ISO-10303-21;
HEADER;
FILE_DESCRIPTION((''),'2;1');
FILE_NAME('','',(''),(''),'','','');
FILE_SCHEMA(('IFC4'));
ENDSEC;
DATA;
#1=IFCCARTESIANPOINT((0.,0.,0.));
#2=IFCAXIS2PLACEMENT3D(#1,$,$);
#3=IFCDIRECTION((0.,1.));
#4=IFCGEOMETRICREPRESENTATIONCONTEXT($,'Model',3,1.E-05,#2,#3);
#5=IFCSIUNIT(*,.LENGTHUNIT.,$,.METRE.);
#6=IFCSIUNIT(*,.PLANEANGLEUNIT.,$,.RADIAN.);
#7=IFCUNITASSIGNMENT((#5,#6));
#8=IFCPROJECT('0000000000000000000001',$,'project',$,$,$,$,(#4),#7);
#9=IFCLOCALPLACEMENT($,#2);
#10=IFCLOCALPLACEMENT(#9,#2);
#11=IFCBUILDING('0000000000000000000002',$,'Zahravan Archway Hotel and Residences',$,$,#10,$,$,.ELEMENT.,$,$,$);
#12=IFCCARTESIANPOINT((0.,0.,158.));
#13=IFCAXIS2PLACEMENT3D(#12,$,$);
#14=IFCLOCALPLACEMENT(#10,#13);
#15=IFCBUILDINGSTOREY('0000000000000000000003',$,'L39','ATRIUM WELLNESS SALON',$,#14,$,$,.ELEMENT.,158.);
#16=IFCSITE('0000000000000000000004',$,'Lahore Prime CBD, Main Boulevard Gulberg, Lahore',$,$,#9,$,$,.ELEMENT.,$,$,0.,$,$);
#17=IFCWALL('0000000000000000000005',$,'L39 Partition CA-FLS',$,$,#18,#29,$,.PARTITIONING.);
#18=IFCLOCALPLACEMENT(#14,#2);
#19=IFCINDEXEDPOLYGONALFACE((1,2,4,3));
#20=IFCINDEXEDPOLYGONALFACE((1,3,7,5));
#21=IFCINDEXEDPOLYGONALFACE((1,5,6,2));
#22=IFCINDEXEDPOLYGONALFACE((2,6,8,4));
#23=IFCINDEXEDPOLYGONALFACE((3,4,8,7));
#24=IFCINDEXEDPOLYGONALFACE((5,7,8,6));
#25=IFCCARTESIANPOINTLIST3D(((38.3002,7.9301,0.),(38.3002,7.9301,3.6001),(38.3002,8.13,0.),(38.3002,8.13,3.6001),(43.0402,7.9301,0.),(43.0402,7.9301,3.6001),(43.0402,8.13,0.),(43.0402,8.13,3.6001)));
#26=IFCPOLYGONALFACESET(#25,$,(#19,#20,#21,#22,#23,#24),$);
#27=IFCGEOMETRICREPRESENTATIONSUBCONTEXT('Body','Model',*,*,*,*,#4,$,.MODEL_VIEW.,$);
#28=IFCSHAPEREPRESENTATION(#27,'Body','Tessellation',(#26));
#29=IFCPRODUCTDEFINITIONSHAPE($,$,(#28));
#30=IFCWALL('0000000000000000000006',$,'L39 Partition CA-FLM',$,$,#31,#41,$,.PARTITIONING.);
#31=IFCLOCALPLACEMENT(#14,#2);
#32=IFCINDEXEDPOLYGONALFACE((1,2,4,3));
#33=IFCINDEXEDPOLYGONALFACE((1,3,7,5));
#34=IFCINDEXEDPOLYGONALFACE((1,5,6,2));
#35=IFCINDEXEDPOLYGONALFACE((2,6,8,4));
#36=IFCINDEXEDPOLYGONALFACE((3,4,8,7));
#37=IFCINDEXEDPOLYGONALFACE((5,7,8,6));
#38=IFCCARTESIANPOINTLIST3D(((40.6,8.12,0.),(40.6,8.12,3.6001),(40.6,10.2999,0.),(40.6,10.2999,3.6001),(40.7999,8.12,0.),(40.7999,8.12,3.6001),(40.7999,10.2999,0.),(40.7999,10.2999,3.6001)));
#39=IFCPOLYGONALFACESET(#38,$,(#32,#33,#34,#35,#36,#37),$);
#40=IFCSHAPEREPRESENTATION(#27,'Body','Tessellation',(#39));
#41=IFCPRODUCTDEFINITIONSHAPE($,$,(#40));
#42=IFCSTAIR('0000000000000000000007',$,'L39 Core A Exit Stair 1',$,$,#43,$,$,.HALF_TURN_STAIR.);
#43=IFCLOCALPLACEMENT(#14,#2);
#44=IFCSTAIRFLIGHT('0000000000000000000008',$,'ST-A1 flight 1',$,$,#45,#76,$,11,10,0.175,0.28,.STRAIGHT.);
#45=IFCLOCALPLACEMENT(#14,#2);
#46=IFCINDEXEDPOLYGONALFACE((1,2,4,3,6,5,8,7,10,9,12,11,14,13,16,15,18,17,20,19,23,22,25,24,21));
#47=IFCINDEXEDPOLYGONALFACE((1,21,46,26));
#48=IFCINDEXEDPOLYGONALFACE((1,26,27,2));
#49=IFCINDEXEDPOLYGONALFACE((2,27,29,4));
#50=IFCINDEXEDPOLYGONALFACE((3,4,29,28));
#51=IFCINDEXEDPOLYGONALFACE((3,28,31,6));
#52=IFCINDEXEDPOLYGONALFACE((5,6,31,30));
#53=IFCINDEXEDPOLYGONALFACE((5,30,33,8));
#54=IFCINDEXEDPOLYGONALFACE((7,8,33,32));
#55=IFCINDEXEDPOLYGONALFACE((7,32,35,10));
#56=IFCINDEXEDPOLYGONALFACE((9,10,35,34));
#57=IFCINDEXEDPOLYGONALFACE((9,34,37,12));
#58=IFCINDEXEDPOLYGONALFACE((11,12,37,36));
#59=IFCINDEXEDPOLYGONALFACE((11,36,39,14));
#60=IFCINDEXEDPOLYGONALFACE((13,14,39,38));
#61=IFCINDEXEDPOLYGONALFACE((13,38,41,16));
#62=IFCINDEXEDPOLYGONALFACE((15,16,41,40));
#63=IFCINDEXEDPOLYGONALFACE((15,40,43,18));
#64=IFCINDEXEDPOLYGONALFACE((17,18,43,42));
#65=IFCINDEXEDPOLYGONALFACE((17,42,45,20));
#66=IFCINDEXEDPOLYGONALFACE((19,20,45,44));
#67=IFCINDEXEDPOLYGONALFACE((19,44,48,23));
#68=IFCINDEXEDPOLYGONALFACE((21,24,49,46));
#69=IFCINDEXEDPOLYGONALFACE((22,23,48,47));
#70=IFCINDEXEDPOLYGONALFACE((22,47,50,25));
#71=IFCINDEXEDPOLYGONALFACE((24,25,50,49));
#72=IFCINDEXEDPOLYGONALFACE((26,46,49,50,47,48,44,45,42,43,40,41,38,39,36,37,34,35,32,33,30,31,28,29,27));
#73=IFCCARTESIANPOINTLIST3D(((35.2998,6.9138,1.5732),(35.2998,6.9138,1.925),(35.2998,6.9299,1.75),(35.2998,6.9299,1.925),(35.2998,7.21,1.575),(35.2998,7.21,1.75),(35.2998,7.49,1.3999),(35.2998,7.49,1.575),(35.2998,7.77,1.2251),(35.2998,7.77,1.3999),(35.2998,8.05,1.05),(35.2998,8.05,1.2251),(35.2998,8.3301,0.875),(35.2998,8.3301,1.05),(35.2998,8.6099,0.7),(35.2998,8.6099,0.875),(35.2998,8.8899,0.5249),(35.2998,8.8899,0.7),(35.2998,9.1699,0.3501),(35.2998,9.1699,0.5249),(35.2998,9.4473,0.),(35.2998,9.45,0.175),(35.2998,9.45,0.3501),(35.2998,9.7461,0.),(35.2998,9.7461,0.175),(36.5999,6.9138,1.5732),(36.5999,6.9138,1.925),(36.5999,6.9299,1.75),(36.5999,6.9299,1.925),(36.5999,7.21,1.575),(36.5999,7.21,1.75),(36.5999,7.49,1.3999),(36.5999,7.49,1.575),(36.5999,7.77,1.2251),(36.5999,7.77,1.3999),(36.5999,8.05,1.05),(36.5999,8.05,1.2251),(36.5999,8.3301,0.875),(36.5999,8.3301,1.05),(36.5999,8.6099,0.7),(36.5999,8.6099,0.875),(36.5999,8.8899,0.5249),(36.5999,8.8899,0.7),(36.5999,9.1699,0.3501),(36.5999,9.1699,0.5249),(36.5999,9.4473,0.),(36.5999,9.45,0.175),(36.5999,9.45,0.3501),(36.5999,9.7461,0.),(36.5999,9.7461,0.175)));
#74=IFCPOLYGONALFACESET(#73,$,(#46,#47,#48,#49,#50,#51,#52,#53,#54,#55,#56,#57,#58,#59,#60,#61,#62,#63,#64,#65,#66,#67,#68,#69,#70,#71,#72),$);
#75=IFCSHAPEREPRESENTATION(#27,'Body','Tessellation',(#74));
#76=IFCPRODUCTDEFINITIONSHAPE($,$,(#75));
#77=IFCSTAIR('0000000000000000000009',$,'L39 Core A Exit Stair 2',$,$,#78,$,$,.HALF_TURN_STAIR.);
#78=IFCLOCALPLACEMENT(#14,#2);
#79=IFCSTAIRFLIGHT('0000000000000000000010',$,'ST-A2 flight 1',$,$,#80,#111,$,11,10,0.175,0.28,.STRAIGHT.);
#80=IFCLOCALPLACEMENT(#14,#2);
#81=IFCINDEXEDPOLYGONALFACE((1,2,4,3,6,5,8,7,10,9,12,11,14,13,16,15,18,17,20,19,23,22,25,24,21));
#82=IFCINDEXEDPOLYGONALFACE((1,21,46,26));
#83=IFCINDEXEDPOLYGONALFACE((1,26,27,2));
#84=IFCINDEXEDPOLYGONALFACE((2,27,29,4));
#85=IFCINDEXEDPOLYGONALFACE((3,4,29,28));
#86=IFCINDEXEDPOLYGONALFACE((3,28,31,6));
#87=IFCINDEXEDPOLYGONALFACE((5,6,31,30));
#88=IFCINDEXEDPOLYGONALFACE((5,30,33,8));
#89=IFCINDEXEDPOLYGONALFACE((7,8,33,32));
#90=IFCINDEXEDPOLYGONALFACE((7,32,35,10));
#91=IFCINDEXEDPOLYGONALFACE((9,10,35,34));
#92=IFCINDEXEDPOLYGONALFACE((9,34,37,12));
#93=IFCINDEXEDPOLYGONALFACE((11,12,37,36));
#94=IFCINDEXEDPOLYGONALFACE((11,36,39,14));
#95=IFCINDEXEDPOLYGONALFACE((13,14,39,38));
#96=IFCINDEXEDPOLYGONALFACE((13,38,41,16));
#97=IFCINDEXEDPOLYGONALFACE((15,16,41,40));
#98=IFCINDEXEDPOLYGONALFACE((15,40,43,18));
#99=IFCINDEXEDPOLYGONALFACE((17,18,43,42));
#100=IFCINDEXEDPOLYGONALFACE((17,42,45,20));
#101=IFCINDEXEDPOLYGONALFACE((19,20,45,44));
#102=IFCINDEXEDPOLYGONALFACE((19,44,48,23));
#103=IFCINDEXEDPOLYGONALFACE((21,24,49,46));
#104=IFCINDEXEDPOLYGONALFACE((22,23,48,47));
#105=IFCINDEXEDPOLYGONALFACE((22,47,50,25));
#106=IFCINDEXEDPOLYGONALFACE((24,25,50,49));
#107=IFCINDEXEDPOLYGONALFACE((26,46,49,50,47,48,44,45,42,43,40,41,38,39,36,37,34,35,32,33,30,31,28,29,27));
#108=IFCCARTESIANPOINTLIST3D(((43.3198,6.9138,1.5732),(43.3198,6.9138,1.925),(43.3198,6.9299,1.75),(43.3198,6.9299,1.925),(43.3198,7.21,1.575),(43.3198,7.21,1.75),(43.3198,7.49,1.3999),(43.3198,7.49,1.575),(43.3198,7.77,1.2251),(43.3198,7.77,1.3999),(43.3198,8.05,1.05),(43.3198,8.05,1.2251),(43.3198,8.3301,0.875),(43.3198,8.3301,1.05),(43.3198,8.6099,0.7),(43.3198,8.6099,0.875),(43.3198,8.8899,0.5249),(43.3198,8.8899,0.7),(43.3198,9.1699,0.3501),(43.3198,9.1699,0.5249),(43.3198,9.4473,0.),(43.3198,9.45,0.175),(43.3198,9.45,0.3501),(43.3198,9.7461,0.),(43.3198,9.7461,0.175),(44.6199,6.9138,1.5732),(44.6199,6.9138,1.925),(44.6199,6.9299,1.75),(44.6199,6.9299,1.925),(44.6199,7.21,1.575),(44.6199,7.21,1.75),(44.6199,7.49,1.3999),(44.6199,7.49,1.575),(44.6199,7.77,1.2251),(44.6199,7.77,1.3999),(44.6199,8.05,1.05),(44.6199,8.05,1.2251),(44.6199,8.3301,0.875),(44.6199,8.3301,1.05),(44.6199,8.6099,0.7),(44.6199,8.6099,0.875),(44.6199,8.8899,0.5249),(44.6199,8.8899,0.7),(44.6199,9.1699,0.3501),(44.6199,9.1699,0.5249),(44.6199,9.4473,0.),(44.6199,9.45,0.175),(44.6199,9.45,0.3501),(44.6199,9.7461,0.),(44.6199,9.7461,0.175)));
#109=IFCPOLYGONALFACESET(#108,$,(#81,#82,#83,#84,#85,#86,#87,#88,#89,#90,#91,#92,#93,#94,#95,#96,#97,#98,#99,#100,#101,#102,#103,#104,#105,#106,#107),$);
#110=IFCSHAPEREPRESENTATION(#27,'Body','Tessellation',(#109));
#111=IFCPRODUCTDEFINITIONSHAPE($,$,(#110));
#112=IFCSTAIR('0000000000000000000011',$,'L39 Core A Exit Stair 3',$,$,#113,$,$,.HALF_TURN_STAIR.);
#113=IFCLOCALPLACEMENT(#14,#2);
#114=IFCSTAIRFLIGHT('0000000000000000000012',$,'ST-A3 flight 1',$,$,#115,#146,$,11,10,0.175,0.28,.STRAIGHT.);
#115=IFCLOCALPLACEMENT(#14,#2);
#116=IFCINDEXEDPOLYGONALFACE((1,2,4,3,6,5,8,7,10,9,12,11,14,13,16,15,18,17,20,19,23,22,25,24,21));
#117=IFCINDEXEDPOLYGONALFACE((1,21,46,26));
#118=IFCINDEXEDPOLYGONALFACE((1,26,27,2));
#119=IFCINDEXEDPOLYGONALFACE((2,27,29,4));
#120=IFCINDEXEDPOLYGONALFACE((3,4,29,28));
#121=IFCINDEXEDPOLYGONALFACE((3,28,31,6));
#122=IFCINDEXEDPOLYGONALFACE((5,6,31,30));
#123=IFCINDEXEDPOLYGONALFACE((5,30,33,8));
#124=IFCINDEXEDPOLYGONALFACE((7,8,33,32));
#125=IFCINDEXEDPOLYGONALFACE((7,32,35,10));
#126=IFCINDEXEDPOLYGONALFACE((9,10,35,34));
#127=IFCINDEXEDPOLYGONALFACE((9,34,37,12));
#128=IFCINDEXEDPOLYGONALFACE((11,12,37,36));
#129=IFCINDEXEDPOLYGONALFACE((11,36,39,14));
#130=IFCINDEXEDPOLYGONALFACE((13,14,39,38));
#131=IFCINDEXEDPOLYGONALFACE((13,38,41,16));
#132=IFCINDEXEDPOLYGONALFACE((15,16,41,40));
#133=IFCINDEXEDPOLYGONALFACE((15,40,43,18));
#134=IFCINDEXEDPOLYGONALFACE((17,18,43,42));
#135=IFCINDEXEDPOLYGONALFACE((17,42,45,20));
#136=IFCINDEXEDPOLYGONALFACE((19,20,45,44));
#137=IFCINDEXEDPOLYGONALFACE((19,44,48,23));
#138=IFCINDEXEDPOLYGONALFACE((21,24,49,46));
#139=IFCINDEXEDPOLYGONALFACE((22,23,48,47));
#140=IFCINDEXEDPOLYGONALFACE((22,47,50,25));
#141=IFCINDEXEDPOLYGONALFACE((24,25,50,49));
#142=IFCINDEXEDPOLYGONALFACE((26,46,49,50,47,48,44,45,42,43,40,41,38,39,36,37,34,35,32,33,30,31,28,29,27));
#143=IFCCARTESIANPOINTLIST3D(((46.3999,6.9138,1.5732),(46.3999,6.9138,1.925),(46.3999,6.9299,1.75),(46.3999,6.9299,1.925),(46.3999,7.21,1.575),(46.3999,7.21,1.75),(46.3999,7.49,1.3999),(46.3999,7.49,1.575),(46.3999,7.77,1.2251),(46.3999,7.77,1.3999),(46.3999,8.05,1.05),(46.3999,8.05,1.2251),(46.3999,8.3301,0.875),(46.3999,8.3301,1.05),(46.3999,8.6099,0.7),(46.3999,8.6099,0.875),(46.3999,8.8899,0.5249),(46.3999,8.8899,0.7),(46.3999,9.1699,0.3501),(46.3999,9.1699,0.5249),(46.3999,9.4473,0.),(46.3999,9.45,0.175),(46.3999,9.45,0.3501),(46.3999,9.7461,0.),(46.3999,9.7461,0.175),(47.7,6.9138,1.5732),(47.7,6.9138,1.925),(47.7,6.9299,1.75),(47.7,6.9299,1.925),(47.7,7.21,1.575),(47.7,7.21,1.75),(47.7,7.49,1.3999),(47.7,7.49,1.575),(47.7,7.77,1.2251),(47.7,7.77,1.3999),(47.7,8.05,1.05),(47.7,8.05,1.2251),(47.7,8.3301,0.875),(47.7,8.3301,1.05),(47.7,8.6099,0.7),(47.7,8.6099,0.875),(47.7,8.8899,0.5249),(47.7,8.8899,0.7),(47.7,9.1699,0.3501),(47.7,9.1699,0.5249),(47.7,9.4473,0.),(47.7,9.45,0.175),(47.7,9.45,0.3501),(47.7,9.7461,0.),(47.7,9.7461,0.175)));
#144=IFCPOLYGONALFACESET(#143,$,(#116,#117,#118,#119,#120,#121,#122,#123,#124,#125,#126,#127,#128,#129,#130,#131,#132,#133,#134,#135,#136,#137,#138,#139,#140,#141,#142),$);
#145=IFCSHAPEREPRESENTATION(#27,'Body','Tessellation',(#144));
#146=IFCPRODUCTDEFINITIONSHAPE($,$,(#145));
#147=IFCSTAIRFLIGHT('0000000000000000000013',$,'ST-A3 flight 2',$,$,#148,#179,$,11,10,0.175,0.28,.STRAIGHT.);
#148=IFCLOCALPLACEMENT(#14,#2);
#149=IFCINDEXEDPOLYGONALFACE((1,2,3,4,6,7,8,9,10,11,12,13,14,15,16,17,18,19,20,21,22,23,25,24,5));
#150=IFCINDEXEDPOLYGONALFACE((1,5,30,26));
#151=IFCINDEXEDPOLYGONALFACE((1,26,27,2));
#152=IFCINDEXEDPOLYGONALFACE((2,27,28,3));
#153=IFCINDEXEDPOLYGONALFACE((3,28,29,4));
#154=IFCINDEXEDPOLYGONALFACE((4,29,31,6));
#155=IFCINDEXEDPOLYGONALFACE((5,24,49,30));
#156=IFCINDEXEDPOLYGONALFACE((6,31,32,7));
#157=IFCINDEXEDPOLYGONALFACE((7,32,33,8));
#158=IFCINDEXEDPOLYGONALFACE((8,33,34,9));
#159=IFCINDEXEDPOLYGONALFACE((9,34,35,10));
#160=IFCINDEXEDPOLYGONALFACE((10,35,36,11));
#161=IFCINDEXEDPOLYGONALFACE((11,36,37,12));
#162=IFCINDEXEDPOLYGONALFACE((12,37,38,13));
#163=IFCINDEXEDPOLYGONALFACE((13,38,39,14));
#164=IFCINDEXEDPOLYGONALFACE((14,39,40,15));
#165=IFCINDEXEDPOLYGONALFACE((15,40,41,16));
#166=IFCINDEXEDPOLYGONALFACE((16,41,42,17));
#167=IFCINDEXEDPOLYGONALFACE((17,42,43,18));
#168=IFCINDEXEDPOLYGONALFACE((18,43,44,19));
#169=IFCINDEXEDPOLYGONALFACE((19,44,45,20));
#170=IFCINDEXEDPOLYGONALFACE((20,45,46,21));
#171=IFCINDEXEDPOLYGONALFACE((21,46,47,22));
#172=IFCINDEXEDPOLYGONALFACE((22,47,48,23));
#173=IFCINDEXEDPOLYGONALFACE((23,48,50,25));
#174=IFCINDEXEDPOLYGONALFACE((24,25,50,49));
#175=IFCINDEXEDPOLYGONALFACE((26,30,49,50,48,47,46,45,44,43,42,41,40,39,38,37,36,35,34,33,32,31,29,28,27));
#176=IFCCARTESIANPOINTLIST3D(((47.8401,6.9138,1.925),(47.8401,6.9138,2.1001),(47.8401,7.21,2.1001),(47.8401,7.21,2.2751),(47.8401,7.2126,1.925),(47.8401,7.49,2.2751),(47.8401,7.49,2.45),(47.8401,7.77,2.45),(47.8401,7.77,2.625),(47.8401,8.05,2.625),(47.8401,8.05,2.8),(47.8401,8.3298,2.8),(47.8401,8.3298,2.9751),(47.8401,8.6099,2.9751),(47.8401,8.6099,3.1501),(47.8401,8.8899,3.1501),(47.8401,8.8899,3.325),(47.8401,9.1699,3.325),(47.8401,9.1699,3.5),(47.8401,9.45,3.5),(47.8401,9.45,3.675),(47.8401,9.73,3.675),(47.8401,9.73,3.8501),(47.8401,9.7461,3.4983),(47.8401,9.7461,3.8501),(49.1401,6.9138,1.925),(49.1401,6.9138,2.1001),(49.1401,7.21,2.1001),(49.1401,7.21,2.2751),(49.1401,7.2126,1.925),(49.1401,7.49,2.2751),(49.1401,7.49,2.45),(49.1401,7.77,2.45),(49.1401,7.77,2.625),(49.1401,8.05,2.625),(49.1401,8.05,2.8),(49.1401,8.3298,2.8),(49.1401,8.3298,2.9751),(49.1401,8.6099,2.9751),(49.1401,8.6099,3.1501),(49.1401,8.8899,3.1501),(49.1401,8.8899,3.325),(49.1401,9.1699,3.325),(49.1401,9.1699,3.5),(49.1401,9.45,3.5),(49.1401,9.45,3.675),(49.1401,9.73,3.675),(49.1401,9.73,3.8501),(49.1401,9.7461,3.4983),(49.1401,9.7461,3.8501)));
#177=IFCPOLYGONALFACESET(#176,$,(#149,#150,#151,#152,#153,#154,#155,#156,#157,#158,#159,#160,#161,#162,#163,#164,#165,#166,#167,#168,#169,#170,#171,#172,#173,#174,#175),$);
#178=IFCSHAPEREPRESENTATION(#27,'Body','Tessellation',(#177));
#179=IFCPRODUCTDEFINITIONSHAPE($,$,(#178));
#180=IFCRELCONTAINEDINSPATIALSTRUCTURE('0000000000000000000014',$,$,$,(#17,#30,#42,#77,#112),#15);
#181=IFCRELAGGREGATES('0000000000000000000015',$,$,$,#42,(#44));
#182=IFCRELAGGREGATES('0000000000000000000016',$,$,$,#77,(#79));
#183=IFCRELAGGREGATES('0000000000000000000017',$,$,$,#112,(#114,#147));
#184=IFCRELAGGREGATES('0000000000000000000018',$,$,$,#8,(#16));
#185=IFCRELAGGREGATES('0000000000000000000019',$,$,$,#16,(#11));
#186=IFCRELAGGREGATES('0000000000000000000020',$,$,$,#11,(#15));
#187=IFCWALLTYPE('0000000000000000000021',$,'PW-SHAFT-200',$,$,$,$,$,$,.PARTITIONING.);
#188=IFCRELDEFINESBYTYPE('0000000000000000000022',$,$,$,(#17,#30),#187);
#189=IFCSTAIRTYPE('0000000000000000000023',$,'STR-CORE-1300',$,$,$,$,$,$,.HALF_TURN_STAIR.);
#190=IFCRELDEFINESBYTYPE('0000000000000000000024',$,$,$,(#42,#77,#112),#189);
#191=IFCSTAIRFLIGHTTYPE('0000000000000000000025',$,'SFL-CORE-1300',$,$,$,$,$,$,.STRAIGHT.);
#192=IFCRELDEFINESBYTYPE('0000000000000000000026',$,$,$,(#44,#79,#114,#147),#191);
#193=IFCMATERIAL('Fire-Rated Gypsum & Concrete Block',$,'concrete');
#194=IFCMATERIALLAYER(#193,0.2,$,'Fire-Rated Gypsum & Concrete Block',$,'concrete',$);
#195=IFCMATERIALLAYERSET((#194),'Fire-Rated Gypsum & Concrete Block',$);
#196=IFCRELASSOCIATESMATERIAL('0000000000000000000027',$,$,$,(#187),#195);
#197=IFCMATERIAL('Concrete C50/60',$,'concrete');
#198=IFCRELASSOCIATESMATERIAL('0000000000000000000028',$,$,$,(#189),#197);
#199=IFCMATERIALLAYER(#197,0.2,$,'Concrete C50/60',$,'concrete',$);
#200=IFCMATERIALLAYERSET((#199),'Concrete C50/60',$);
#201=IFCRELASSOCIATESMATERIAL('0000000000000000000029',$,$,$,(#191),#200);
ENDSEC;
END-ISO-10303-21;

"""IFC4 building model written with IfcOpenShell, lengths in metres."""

from ifc_helpers import new_model, si_unit, direction, frame, frame_2d, origin, place, context, subcontext, project, spatial, polyline, rectangle, outline, extrude, source, transform, mapped, material, layer, layer_set, type_object, element, aggregate, save


model = new_model("IFC4")

# Units and contexts
model_context = context("Model", 3, precision=1e-05, world=origin(), true_north=direction((0.0, 1.0)))
body_context = subcontext(model_context, "Body", "Model", "MODEL_VIEW")
ifc_project = project(units=[si_unit("LENGTHUNIT", "METRE"), si_unit("PLANEANGLEUNIT", "RADIAN")], contexts=[model_context])

# Site, building, storey
site_placement = place(None, origin())
site = spatial("IfcSite", under=ifc_project, at=site_placement, Name="Lahore Prime CBD, Main Boulevard Gulberg, Lahore", CompositionType="ELEMENT", RefElevation=0.0)
building_placement = place(site_placement, origin())
building = spatial("IfcBuilding", under=site, at=building_placement, Name="Zahravan Archway Hotel and Residences", CompositionType="ELEMENT")
storey_placement = place(building_placement, frame((0.0, 0.0, 158.0)))
storey = spatial("IfcBuildingStorey", under=building, at=storey_placement, Name="L39", Description="ATRIUM WELLNESS SALON", CompositionType="ELEMENT", Elevation=158.0)

# Walls
ifc_material_1 = material(Name="Fire-Rated Gypsum & Concrete Block", Category="concrete")
ifc_layer_1 = layer(ifc_material_1, 0.2, Name="Fire-Rated Gypsum & Concrete Block", Category="concrete")
ifc_layer_set_1 = layer_set([ifc_layer_1], Name="Fire-Rated Gypsum & Concrete Block")
wall_type = type_object("IfcWallType", Name="PW-SHAFT-200", PredefinedType="PARTITIONING", material=ifc_layer_set_1)
wall_1_placement = place(storey_placement, frame((38.3, 8.03, 0.0), z_axis=(0.0, 0.0, 1.0), x_axis=(1.0, 0.0, 0.0)))
element("IfcWall", 1, at=wall_1_placement, inside=storey, type_object=wall_type, Name="L39 Partition CA-FLS", PredefinedType="PARTITIONING", context=body_context, shape_type="SweptSolid", body=[
    extrude(rectangle(XDim=4.74, YDim=0.2, at=frame_2d((2.3701, 0.0))), origin(), (0.0, 0.0, 1.0), 3.6001),
])
wall_2_placement = place(storey_placement, frame((40.7, 8.1201, 0.0), z_axis=(0.0, 0.0, 1.0), x_axis=(0.0, 1.0, 0.0)))
element("IfcWall", 2, at=wall_2_placement, inside=storey, type_object=wall_type, Name="L39 Partition CA-FLM", PredefinedType="PARTITIONING", context=body_context, shape_type="SweptSolid", body=[
    extrude(rectangle(XDim=2.1799, YDim=0.2, at=frame_2d((1.0898, 0.0))), origin(), (0.0, 0.0, 1.0), 3.6001),
])

# Stairs, stair flights
ifc_material_2 = material(Name="Concrete C50/60", Category="concrete")
stair_type = type_object("IfcStairType", Name="STR-CORE-1300", PredefinedType="HALF_TURN_STAIR", material=ifc_material_2)
stair_1_placement = place(storey_placement, origin())
stair_1 = element("IfcStair", 3, at=stair_1_placement, inside=storey, type_object=stair_type, Name="L39 Core A Exit Stair 1", PredefinedType="HALF_TURN_STAIR")
ifc_layer_2 = layer(ifc_material_2, 0.2, Name="Concrete C50/60", Category="concrete")
ifc_layer_set_2 = layer_set([ifc_layer_2], Name="Concrete C50/60")
stair_flight_type = type_object("IfcStairFlightType", Name="SFL-CORE-1300", PredefinedType="STRAIGHT", material=ifc_layer_set_2)
shared_shape = source(origin(), body_context, "Body", "SweptSolid", [
    extrude(outline(polyline([(-0.0161, 0.0), (-0.0161, 0.175), (0.28, 0.175), (0.28, 0.3501), (0.5601, 0.3501), (0.5601, 0.5249), (0.8401, 0.5249), (0.8401, 0.7), (1.1201, 0.7), (1.1201, 0.875), (1.3999, 0.875), (1.3999, 1.05), (1.6799, 1.05), (1.6799, 1.2251), (1.96, 1.2251), (1.96, 1.3999), (2.24, 1.3999), (2.24, 1.575), (2.52, 1.575), (2.52, 1.75), (2.8, 1.75), (2.8, 1.925), (2.8162, 1.925), (2.8162, 1.5732), (0.2827, 0.0), (-0.0161, 0.0)])), frame((0.0, 0.6499, 0.0), z_axis=(0.0, -1.0, 0.0), x_axis=(1.0, 0.0, 0.0)), (0.0, 0.0, 1.0), 1.3),
])
stair_flight_1_placement = place(storey_placement, frame((35.95, 9.73, 0.0), z_axis=(0.0, 0.0, 1.0), x_axis=(0.0, -1.0, 0.0)))
stair_flight_1 = element("IfcStairFlight", 4, at=stair_flight_1_placement, type_object=stair_flight_type, Name="ST-A1 flight 1", NumberOfRisers=11, NumberOfTreads=10, PredefinedType="STRAIGHT", RiserHeight=0.175, TreadLength=0.28, context=body_context, shape_type="MappedRepresentation", body=[
    mapped(shared_shape, transform((0.0, 0.0, 0.0), scale=1.0)),
])
aggregate(stair_1, [stair_flight_1])
stair_2_placement = place(storey_placement, origin())
stair_2 = element("IfcStair", 5, at=stair_2_placement, inside=storey, type_object=stair_type, Name="L39 Core A Exit Stair 2", PredefinedType="HALF_TURN_STAIR")
stair_flight_2_placement = place(storey_placement, frame((43.97, 9.73, 0.0), z_axis=(0.0, 0.0, 1.0), x_axis=(0.0, -1.0, 0.0)))
stair_flight_2 = element("IfcStairFlight", 6, at=stair_flight_2_placement, type_object=stair_flight_type, Name="ST-A2 flight 1", NumberOfRisers=11, NumberOfTreads=10, PredefinedType="STRAIGHT", RiserHeight=0.175, TreadLength=0.28, context=body_context, shape_type="MappedRepresentation", body=[
    mapped(shared_shape, transform((0.0, 0.0, 0.0), scale=1.0)),
])
aggregate(stair_2, [stair_flight_2])

# Stair, stair flights
stair_3_placement = place(storey_placement, origin())
stair_3 = element("IfcStair", 7, at=stair_3_placement, inside=storey, type_object=stair_type, Name="L39 Core A Exit Stair 3", PredefinedType="HALF_TURN_STAIR")
stair_flight_3_placement = place(storey_placement, frame((47.05, 9.73, 0.0), z_axis=(0.0, 0.0, 1.0), x_axis=(0.0, -1.0, 0.0)))
stair_flight_3 = element("IfcStairFlight", 8, at=stair_flight_3_placement, type_object=stair_flight_type, Name="ST-A3 flight 1", NumberOfRisers=11, NumberOfTreads=10, PredefinedType="STRAIGHT", RiserHeight=0.175, TreadLength=0.28, context=body_context, shape_type="MappedRepresentation", body=[
    mapped(shared_shape, transform((0.0, 0.0, 0.0), scale=1.0)),
])
stair_flight_4_placement = place(storey_placement, frame((48.49, 6.9299, 1.925), z_axis=(0.0, 0.0, 1.0), x_axis=(0.0, 1.0, 0.0)))
stair_flight_4 = element("IfcStairFlight", 9, at=stair_flight_4_placement, type_object=stair_flight_type, Name="ST-A3 flight 2", NumberOfRisers=11, NumberOfTreads=10, PredefinedType="STRAIGHT", RiserHeight=0.175, TreadLength=0.28, context=body_context, shape_type="MappedRepresentation", body=[
    mapped(shared_shape, transform((0.0, 0.0, 0.0), scale=1.0)),
])
aggregate(stair_3, [stair_flight_3, stair_flight_4])

save(model, "model.ifc")
